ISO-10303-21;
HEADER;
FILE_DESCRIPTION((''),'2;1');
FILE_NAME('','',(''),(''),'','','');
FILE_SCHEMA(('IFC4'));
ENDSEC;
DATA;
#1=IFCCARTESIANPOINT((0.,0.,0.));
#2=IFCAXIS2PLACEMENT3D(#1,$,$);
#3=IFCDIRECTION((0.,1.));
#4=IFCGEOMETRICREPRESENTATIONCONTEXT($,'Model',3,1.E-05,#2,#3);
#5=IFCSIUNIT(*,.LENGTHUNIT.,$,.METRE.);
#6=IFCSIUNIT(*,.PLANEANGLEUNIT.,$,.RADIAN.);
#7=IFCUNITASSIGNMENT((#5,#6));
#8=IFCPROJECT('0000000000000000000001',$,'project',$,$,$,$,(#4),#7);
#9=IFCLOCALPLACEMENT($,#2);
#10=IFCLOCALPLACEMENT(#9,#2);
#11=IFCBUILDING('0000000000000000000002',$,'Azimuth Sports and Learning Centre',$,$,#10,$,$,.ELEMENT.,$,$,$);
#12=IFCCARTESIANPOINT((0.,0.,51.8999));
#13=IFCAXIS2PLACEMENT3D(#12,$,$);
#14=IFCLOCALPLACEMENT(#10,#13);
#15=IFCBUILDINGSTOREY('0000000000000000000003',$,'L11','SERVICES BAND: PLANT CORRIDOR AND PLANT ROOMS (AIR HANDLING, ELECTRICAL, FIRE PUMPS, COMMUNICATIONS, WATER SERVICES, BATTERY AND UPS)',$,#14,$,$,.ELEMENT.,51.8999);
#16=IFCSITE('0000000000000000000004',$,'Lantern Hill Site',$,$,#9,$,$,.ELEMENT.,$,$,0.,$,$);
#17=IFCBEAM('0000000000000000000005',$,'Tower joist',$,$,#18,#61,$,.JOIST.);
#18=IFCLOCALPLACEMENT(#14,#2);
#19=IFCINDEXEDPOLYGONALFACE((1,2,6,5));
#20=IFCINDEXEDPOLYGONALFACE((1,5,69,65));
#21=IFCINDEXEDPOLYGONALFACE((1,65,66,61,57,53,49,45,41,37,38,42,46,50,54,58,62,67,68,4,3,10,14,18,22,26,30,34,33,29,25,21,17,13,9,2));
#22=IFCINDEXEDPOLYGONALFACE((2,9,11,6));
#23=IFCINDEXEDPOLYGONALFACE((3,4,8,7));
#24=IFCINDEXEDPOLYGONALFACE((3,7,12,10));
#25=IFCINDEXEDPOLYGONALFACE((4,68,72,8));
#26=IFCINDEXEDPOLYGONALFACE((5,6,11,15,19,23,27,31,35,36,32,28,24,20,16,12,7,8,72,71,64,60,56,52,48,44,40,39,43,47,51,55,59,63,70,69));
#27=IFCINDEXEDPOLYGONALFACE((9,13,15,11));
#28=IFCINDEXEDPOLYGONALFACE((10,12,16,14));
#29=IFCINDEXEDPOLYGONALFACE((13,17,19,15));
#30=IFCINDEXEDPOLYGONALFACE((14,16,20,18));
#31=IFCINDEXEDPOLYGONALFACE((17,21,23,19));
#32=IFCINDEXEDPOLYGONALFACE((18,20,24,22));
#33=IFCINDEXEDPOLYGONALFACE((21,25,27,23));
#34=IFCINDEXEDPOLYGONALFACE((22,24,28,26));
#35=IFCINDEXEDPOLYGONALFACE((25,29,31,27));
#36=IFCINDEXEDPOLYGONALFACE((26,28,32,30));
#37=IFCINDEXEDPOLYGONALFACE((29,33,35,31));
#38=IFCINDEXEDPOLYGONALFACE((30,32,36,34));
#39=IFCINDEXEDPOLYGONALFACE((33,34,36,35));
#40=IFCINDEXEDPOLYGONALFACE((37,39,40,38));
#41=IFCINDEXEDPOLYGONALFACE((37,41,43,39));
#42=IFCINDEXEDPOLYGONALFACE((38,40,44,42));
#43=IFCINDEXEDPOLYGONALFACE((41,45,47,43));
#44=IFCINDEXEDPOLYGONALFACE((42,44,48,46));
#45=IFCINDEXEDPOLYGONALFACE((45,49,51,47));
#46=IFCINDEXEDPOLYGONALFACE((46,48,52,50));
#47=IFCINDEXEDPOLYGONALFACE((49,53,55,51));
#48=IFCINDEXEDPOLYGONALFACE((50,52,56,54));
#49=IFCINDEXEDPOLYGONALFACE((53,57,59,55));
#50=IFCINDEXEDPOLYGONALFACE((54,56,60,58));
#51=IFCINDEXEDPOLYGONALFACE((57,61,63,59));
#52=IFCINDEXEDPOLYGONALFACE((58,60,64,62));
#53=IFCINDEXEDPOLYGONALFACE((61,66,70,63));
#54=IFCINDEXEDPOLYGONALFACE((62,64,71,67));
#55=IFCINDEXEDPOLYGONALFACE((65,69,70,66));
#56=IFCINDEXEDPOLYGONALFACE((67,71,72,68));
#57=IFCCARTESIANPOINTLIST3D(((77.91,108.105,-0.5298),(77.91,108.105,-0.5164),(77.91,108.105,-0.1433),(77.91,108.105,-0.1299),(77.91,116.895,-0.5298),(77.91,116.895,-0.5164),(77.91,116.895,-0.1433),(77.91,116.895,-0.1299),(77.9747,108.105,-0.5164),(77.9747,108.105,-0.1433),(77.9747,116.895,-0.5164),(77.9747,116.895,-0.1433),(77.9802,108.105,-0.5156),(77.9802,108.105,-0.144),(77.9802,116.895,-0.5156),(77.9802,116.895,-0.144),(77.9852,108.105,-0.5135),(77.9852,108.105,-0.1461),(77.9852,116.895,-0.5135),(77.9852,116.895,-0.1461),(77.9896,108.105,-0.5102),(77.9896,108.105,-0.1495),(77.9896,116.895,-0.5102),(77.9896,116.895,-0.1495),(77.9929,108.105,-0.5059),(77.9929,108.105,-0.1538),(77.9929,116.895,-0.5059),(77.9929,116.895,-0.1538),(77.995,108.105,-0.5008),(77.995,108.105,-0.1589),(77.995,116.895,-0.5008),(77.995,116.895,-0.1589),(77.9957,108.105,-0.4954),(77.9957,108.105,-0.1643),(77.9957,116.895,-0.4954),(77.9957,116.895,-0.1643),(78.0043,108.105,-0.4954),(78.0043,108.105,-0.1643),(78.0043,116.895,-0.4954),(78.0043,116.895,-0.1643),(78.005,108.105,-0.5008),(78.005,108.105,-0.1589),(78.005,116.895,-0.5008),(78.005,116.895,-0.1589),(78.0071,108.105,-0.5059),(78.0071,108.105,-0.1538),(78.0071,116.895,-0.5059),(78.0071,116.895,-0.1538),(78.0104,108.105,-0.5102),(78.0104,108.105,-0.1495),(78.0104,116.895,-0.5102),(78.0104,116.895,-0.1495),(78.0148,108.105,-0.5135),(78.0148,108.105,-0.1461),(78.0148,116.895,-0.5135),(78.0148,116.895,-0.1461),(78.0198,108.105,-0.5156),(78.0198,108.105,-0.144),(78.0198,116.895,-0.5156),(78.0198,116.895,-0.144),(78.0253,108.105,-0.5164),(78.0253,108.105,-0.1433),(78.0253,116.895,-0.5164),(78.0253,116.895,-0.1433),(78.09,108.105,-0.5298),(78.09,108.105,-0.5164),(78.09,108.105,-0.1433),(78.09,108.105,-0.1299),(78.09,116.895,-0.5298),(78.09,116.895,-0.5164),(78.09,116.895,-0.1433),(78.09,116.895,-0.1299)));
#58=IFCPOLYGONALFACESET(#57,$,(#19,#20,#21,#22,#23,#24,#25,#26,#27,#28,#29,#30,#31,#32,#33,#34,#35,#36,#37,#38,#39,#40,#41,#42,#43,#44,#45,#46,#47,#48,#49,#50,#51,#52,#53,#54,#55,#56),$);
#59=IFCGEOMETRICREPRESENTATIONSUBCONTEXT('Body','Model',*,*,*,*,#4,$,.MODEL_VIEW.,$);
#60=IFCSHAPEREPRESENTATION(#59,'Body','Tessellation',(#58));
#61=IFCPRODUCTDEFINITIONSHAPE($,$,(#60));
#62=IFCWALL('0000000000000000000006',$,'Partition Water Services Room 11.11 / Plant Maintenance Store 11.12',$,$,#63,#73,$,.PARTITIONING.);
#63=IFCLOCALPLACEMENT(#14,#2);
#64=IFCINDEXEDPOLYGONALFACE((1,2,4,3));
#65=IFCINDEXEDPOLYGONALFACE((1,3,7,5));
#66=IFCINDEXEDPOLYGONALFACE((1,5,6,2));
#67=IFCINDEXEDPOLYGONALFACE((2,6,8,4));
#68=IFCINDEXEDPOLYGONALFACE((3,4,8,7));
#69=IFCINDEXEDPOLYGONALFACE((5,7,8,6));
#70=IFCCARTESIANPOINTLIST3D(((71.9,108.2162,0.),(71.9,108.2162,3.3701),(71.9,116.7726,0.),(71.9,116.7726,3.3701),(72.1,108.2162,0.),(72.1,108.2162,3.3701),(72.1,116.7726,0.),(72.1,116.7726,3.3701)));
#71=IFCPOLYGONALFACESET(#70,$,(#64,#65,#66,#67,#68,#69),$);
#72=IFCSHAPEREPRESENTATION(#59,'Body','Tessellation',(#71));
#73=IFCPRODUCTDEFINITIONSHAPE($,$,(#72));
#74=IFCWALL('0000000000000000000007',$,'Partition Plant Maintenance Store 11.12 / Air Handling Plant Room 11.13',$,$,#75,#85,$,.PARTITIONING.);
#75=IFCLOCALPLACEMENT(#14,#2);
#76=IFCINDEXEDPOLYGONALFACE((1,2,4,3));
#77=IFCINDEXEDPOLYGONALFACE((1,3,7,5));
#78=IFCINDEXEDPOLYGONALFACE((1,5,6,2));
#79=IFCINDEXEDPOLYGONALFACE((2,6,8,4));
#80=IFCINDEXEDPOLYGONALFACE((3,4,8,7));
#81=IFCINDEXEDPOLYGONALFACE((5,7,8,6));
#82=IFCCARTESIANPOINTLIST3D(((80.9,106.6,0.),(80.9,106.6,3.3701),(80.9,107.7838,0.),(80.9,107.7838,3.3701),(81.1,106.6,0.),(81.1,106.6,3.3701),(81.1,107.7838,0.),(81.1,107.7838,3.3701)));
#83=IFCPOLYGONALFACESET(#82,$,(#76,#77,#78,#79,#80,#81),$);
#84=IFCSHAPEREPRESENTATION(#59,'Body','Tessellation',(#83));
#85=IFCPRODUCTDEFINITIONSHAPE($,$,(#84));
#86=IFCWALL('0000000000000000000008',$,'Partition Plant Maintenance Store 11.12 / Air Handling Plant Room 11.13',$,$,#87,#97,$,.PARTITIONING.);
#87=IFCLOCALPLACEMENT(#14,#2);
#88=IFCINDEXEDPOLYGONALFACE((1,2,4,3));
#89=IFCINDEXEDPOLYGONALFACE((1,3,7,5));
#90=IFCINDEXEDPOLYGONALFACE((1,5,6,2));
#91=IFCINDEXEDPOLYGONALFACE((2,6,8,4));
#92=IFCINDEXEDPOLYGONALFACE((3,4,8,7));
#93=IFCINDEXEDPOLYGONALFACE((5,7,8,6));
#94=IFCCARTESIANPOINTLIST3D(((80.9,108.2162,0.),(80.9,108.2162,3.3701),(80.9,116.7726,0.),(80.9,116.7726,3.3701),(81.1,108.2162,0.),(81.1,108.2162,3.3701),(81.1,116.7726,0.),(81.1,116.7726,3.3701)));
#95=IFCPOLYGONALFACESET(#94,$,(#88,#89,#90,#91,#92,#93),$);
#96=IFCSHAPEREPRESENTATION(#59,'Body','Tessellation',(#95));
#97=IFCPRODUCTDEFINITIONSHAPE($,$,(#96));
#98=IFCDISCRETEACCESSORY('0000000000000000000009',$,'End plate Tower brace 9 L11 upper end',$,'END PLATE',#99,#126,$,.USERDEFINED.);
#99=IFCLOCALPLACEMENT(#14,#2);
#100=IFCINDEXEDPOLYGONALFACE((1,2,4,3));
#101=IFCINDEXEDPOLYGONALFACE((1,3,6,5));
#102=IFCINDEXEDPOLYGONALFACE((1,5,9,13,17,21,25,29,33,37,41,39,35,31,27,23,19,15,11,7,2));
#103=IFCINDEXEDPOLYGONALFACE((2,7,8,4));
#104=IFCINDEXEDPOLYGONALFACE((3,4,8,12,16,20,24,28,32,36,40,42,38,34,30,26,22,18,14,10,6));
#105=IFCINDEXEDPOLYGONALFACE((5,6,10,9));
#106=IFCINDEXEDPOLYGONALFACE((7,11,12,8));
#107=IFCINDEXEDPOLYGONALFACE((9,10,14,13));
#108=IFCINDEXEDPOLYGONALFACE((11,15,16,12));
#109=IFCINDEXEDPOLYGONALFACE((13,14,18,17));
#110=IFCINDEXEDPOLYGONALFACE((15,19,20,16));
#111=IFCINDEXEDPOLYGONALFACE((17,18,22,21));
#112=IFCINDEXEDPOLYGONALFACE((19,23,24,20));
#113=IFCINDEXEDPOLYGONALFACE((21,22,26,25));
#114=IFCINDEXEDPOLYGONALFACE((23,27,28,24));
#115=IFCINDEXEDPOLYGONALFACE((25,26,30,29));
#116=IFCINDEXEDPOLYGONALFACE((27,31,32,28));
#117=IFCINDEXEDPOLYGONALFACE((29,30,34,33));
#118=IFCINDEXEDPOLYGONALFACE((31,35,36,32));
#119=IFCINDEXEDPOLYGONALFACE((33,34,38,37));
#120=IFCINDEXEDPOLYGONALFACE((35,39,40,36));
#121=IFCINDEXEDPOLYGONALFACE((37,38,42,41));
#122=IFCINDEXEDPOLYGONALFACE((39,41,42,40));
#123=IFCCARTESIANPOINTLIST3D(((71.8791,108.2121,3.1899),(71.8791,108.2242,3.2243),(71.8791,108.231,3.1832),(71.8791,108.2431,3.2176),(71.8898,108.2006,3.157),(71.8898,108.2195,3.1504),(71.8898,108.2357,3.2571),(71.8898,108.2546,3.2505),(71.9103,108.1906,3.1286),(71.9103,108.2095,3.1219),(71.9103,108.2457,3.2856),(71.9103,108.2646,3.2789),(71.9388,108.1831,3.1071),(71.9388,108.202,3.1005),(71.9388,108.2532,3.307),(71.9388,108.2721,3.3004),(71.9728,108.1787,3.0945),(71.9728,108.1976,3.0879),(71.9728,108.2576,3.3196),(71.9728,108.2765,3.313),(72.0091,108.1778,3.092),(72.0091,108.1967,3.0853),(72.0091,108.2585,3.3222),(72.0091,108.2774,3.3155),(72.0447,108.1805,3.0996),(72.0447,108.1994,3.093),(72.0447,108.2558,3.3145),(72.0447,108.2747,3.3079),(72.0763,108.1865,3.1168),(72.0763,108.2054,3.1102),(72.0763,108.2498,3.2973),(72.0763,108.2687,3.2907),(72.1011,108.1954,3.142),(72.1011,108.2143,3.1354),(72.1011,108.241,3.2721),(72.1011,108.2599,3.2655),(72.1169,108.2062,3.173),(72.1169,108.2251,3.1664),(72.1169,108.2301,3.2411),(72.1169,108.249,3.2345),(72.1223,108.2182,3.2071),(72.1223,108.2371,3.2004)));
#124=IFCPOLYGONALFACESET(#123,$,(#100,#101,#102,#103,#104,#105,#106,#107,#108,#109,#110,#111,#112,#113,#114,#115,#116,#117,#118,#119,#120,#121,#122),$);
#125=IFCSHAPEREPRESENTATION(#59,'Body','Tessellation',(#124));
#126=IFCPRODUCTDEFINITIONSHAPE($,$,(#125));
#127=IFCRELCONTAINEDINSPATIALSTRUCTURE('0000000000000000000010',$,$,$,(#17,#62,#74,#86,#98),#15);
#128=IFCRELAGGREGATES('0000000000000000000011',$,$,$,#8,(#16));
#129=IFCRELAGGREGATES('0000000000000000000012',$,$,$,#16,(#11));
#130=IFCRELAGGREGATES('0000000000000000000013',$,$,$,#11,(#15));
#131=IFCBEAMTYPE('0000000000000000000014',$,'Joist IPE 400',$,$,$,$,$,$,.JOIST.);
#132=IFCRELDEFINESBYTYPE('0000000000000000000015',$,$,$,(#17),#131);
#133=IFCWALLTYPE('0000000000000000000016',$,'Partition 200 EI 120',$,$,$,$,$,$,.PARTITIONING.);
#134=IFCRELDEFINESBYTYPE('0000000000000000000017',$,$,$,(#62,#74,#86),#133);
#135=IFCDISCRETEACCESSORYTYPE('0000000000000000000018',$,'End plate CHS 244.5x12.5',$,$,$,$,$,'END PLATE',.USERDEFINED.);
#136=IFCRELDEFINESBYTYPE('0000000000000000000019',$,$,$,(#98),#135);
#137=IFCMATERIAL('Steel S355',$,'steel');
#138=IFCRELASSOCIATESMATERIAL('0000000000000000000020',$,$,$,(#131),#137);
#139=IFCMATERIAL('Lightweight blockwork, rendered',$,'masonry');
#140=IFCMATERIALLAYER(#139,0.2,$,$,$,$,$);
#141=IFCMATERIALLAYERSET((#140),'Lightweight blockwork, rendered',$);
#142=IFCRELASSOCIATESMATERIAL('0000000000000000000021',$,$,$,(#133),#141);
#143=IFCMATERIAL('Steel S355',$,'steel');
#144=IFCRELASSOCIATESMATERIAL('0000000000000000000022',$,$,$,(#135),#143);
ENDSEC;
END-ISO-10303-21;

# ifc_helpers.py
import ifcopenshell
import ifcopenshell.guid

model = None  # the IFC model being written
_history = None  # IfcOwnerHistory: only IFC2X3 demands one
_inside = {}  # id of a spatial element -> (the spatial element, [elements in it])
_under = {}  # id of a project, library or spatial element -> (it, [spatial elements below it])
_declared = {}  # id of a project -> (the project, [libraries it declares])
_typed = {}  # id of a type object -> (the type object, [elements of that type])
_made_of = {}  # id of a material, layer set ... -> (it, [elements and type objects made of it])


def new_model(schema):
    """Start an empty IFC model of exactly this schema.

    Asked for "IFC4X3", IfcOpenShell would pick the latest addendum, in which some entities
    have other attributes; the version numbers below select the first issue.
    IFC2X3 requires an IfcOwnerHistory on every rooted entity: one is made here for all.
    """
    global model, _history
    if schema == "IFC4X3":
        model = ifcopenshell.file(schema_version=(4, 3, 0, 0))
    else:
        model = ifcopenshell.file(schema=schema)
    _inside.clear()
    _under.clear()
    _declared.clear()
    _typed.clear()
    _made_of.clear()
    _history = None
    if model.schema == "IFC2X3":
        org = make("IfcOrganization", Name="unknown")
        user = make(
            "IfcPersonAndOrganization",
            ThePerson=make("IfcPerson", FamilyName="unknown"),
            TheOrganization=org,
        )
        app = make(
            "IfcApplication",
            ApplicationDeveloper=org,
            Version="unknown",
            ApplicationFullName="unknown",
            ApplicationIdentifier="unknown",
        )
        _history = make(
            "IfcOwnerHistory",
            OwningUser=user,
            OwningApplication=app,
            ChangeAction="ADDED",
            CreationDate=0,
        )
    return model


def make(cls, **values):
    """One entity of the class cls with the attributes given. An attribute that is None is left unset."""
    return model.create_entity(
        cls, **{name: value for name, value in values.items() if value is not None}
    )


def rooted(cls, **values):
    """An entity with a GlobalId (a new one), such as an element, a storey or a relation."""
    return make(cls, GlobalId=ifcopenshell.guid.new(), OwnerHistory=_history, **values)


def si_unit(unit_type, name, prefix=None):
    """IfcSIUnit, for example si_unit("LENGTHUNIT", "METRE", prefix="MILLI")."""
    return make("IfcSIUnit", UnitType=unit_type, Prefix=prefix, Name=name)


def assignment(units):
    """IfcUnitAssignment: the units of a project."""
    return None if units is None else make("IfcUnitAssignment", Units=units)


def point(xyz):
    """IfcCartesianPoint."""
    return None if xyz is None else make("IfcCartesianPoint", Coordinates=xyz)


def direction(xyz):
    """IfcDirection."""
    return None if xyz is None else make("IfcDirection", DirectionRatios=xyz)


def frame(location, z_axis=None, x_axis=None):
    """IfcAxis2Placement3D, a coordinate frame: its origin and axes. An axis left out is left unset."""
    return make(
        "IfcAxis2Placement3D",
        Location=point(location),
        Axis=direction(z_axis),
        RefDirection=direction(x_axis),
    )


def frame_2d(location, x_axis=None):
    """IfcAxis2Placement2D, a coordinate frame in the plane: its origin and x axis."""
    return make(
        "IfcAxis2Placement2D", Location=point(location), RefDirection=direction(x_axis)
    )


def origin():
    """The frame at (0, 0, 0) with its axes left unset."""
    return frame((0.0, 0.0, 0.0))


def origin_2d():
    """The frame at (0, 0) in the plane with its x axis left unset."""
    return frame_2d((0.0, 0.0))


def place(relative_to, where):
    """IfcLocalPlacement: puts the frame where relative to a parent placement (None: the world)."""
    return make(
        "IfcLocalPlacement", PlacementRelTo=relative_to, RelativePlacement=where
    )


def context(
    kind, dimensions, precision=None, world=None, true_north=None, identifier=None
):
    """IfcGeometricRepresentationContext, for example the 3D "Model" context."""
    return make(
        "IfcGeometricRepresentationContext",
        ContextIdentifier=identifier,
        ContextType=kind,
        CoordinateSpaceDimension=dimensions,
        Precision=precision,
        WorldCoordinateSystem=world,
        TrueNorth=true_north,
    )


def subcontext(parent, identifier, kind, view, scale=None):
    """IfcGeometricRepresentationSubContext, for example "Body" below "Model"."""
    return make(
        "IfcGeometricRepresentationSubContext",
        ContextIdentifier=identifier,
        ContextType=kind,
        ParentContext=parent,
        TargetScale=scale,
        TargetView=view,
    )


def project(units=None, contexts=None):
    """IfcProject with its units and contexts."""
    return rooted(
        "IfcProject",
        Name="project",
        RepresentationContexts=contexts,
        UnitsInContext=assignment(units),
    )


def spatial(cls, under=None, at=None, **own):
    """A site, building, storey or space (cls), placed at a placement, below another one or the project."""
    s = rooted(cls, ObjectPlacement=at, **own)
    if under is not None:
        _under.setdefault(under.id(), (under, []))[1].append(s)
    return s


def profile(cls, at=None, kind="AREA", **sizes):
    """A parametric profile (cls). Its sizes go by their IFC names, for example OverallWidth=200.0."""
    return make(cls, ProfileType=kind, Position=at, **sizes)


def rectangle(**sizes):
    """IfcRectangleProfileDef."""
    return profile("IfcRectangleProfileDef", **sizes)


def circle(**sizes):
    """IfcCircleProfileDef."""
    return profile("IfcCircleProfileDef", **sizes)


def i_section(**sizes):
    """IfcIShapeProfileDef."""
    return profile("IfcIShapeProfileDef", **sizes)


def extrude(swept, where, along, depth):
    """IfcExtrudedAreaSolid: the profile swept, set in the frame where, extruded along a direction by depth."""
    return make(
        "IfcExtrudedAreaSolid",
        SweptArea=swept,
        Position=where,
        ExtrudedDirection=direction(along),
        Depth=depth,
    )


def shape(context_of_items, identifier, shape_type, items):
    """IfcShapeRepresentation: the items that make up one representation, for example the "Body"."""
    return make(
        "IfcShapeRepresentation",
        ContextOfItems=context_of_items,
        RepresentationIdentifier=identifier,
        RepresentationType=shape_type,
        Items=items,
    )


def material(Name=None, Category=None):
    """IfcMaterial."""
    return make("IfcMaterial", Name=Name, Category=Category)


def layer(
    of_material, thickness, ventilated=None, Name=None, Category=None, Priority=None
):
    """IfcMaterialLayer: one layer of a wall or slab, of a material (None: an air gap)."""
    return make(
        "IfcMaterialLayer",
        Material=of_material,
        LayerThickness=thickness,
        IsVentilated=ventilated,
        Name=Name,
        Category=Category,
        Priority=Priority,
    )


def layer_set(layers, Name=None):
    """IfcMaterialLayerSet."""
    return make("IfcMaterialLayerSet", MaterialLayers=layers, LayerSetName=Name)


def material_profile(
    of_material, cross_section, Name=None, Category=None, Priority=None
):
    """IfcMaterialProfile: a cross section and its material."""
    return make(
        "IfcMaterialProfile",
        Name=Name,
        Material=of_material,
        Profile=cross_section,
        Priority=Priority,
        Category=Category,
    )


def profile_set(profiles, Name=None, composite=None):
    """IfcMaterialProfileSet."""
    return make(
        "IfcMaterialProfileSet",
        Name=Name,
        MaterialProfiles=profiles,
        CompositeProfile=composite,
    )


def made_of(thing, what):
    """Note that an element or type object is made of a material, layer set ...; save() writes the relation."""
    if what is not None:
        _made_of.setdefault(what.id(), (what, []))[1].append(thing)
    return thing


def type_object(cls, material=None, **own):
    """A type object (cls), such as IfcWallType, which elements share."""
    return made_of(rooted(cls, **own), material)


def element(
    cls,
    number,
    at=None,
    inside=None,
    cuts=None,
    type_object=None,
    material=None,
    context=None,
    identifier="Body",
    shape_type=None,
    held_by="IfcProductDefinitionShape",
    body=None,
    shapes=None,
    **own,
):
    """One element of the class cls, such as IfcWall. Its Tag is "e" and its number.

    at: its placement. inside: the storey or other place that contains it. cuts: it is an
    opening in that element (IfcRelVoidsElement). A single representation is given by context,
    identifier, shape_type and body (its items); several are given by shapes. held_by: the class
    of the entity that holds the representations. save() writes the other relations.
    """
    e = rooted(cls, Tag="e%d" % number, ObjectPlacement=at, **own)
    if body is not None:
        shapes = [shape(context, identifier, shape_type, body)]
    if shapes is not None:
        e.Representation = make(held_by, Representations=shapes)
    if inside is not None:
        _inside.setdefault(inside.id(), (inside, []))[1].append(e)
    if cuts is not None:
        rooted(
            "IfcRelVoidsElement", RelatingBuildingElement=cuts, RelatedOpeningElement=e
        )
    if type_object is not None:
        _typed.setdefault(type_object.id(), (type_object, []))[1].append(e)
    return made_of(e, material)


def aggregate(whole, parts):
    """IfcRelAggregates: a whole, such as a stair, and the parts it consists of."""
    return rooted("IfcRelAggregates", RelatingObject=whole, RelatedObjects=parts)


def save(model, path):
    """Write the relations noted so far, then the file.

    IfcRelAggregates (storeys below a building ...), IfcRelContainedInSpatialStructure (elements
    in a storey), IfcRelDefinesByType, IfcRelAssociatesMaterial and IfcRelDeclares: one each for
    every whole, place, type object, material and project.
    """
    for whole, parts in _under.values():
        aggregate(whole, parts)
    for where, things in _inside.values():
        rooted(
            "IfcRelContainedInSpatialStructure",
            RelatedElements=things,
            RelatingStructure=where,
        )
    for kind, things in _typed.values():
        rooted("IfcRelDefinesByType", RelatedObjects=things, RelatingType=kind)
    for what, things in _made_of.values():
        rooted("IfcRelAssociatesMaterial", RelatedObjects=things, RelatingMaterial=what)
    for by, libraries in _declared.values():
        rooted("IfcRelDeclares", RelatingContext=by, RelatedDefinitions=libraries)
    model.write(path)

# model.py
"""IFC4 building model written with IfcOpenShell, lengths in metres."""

from ifc_helpers import new_model, si_unit, direction, frame, frame_2d, origin, origin_2d, place, context, subcontext, project, spatial, rectangle, circle, i_section, extrude, material, layer, layer_set, material_profile, profile_set, type_object, element, save


model = new_model("IFC4")

# Units and contexts
model_context = context("Model", 3, precision=1e-05, world=origin(), true_north=direction((0.0, 1.0)))
body_context = subcontext(model_context, "Body", "Model", "MODEL_VIEW")
ifc_project = project(units=[si_unit("LENGTHUNIT", "METRE"), si_unit("PLANEANGLEUNIT", "RADIAN")], contexts=[model_context])

# Site, building, storey
site_placement = place(None, origin())
site = spatial("IfcSite", under=ifc_project, at=site_placement, Name="Lantern Hill Site", CompositionType="ELEMENT", RefElevation=0.0)
building_placement = place(site_placement, origin())
building = spatial("IfcBuilding", under=site, at=building_placement, Name="Azimuth Sports and Learning Centre", CompositionType="ELEMENT")
storey_placement = place(building_placement, frame((0.0, 0.0, 51.8999)))
storey = spatial("IfcBuildingStorey", under=building, at=storey_placement, Name="L11", Description="SERVICES BAND: PLANT CORRIDOR AND PLANT ROOMS (AIR HANDLING, ELECTRICAL, FIRE PUMPS, COMMUNICATIONS, WATER SERVICES, BATTERY AND UPS)", CompositionType="ELEMENT", Elevation=51.8999)

# Beam
ifc_material_1 = material(Name="Steel S355", Category="steel")
ifc_material_profile_1 = material_profile(ifc_material_1, i_section(OverallWidth=0.1799, OverallDepth=0.3999, WebThickness=0.0085, FlangeThickness=0.0134, FilletRadius=0.021, at=origin_2d()), Name="IPE 400")
ifc_profile_set_1 = profile_set([ifc_material_profile_1], Name="Steel S355")
beam_type_1 = type_object("IfcBeamType", Name="Joist IPE 400", PredefinedType="JOIST", material=ifc_profile_set_1)
for number, where, z_axis, x_axis, name in (
    (1, (78.0, 108.105, -0.3298), (0.0, 1.0, 0.0), (-1.0, 0.0, 0.0), "Tower joist"),
):
    element("IfcBeam", number, at=place(storey_placement, frame(where, z_axis=z_axis, x_axis=x_axis)), inside=storey, type_object=beam_type_1, Name=name, PredefinedType="JOIST", context=body_context, shape_type="SweptSolid", body=[
        extrude(i_section(OverallWidth=0.1799, OverallDepth=0.3999, WebThickness=0.0085, FlangeThickness=0.0134, FilletRadius=0.021, at=origin_2d()), origin(), (0.0, 0.0, 1.0), 8.79),
    ])

# Walls
ifc_material_2 = material(Name="Lightweight blockwork, rendered", Category="masonry")
ifc_layer = layer(ifc_material_2, 0.2)
ifc_layer_set = layer_set([ifc_layer], Name="Lightweight blockwork, rendered")
wall_type = type_object("IfcWallType", Name="Partition 200 EI 120", PredefinedType="PARTITIONING", material=ifc_layer_set)
wall_1_placement = place(storey_placement, frame((72.0, 108.2161, 0.0), z_axis=(0.0, 0.0, 1.0), x_axis=(0.0, 1.0, 0.0)))
element("IfcWall", 2, at=wall_1_placement, inside=storey, type_object=wall_type, Name="Partition Water Services Room 11.11 / Plant Maintenance Store 11.12", PredefinedType="PARTITIONING", context=body_context, shape_type="SweptSolid", body=[
    extrude(rectangle(XDim=8.5564, YDim=0.2, at=frame_2d((4.2783, 0.0))), origin(), (0.0, 0.0, 1.0), 3.3701),
])
wall_2_placement = place(storey_placement, frame((81.0, 106.6001, 0.0), z_axis=(0.0, 0.0, 1.0), x_axis=(0.0, 1.0, 0.0)))
element("IfcWall", 3, at=wall_2_placement, inside=storey, type_object=wall_type, Name="Partition Plant Maintenance Store 11.12 / Air Handling Plant Room 11.13", PredefinedType="PARTITIONING", context=body_context, shape_type="SweptSolid", body=[
    extrude(rectangle(XDim=1.1838, YDim=0.2, at=frame_2d((0.5918, 0.0))), origin(), (0.0, 0.0, 1.0), 3.3701),
])
wall_3_placement = place(storey_placement, frame((81.0, 108.2161, 0.0), z_axis=(0.0, 0.0, 1.0), x_axis=(0.0, 1.0, 0.0)))
element("IfcWall", 4, at=wall_3_placement, inside=storey, type_object=wall_type, Name="Partition Plant Maintenance Store 11.12 / Air Handling Plant Room 11.13", PredefinedType="PARTITIONING", context=body_context, shape_type="SweptSolid", body=[
    extrude(rectangle(XDim=8.5564, YDim=0.2, at=frame_2d((4.2783, 0.0))), origin(), (0.0, 0.0, 1.0), 3.3701),
])

# Discrete accessory
ifc_material_3 = material(Name="Steel S355", Category="steel")
ifc_material_profile_2 = material_profile(ifc_material_3, circle(Radius=0.1223, at=origin_2d()), Name="PL 244 DISC")
ifc_profile_set_2 = profile_set([ifc_material_profile_2], Name="Steel S355")
discrete_accessory_type = type_object("IfcDiscreteAccessoryType", Name="End plate CHS 244.5x12.5", ElementType="END PLATE", PredefinedType="USERDEFINED", material=ifc_profile_set_2)
discrete_accessory_placement = place(storey_placement, frame((72.0, 108.2371, 3.2004), z_axis=(0.0, -0.943667, 0.330896), x_axis=(1.0, 0.0, 0.0)))
element("IfcDiscreteAccessory", 5, at=discrete_accessory_placement, inside=storey, type_object=discrete_accessory_type, Name="End plate Tower brace 9 L11 upper end", ObjectType="END PLATE", PredefinedType="USERDEFINED", context=body_context, shape_type="SweptSolid", body=[
    extrude(circle(Radius=0.1223, at=origin_2d()), origin(), (0.0, 0.0, 1.0), 0.02),
])

save(model, "model.ifc")
